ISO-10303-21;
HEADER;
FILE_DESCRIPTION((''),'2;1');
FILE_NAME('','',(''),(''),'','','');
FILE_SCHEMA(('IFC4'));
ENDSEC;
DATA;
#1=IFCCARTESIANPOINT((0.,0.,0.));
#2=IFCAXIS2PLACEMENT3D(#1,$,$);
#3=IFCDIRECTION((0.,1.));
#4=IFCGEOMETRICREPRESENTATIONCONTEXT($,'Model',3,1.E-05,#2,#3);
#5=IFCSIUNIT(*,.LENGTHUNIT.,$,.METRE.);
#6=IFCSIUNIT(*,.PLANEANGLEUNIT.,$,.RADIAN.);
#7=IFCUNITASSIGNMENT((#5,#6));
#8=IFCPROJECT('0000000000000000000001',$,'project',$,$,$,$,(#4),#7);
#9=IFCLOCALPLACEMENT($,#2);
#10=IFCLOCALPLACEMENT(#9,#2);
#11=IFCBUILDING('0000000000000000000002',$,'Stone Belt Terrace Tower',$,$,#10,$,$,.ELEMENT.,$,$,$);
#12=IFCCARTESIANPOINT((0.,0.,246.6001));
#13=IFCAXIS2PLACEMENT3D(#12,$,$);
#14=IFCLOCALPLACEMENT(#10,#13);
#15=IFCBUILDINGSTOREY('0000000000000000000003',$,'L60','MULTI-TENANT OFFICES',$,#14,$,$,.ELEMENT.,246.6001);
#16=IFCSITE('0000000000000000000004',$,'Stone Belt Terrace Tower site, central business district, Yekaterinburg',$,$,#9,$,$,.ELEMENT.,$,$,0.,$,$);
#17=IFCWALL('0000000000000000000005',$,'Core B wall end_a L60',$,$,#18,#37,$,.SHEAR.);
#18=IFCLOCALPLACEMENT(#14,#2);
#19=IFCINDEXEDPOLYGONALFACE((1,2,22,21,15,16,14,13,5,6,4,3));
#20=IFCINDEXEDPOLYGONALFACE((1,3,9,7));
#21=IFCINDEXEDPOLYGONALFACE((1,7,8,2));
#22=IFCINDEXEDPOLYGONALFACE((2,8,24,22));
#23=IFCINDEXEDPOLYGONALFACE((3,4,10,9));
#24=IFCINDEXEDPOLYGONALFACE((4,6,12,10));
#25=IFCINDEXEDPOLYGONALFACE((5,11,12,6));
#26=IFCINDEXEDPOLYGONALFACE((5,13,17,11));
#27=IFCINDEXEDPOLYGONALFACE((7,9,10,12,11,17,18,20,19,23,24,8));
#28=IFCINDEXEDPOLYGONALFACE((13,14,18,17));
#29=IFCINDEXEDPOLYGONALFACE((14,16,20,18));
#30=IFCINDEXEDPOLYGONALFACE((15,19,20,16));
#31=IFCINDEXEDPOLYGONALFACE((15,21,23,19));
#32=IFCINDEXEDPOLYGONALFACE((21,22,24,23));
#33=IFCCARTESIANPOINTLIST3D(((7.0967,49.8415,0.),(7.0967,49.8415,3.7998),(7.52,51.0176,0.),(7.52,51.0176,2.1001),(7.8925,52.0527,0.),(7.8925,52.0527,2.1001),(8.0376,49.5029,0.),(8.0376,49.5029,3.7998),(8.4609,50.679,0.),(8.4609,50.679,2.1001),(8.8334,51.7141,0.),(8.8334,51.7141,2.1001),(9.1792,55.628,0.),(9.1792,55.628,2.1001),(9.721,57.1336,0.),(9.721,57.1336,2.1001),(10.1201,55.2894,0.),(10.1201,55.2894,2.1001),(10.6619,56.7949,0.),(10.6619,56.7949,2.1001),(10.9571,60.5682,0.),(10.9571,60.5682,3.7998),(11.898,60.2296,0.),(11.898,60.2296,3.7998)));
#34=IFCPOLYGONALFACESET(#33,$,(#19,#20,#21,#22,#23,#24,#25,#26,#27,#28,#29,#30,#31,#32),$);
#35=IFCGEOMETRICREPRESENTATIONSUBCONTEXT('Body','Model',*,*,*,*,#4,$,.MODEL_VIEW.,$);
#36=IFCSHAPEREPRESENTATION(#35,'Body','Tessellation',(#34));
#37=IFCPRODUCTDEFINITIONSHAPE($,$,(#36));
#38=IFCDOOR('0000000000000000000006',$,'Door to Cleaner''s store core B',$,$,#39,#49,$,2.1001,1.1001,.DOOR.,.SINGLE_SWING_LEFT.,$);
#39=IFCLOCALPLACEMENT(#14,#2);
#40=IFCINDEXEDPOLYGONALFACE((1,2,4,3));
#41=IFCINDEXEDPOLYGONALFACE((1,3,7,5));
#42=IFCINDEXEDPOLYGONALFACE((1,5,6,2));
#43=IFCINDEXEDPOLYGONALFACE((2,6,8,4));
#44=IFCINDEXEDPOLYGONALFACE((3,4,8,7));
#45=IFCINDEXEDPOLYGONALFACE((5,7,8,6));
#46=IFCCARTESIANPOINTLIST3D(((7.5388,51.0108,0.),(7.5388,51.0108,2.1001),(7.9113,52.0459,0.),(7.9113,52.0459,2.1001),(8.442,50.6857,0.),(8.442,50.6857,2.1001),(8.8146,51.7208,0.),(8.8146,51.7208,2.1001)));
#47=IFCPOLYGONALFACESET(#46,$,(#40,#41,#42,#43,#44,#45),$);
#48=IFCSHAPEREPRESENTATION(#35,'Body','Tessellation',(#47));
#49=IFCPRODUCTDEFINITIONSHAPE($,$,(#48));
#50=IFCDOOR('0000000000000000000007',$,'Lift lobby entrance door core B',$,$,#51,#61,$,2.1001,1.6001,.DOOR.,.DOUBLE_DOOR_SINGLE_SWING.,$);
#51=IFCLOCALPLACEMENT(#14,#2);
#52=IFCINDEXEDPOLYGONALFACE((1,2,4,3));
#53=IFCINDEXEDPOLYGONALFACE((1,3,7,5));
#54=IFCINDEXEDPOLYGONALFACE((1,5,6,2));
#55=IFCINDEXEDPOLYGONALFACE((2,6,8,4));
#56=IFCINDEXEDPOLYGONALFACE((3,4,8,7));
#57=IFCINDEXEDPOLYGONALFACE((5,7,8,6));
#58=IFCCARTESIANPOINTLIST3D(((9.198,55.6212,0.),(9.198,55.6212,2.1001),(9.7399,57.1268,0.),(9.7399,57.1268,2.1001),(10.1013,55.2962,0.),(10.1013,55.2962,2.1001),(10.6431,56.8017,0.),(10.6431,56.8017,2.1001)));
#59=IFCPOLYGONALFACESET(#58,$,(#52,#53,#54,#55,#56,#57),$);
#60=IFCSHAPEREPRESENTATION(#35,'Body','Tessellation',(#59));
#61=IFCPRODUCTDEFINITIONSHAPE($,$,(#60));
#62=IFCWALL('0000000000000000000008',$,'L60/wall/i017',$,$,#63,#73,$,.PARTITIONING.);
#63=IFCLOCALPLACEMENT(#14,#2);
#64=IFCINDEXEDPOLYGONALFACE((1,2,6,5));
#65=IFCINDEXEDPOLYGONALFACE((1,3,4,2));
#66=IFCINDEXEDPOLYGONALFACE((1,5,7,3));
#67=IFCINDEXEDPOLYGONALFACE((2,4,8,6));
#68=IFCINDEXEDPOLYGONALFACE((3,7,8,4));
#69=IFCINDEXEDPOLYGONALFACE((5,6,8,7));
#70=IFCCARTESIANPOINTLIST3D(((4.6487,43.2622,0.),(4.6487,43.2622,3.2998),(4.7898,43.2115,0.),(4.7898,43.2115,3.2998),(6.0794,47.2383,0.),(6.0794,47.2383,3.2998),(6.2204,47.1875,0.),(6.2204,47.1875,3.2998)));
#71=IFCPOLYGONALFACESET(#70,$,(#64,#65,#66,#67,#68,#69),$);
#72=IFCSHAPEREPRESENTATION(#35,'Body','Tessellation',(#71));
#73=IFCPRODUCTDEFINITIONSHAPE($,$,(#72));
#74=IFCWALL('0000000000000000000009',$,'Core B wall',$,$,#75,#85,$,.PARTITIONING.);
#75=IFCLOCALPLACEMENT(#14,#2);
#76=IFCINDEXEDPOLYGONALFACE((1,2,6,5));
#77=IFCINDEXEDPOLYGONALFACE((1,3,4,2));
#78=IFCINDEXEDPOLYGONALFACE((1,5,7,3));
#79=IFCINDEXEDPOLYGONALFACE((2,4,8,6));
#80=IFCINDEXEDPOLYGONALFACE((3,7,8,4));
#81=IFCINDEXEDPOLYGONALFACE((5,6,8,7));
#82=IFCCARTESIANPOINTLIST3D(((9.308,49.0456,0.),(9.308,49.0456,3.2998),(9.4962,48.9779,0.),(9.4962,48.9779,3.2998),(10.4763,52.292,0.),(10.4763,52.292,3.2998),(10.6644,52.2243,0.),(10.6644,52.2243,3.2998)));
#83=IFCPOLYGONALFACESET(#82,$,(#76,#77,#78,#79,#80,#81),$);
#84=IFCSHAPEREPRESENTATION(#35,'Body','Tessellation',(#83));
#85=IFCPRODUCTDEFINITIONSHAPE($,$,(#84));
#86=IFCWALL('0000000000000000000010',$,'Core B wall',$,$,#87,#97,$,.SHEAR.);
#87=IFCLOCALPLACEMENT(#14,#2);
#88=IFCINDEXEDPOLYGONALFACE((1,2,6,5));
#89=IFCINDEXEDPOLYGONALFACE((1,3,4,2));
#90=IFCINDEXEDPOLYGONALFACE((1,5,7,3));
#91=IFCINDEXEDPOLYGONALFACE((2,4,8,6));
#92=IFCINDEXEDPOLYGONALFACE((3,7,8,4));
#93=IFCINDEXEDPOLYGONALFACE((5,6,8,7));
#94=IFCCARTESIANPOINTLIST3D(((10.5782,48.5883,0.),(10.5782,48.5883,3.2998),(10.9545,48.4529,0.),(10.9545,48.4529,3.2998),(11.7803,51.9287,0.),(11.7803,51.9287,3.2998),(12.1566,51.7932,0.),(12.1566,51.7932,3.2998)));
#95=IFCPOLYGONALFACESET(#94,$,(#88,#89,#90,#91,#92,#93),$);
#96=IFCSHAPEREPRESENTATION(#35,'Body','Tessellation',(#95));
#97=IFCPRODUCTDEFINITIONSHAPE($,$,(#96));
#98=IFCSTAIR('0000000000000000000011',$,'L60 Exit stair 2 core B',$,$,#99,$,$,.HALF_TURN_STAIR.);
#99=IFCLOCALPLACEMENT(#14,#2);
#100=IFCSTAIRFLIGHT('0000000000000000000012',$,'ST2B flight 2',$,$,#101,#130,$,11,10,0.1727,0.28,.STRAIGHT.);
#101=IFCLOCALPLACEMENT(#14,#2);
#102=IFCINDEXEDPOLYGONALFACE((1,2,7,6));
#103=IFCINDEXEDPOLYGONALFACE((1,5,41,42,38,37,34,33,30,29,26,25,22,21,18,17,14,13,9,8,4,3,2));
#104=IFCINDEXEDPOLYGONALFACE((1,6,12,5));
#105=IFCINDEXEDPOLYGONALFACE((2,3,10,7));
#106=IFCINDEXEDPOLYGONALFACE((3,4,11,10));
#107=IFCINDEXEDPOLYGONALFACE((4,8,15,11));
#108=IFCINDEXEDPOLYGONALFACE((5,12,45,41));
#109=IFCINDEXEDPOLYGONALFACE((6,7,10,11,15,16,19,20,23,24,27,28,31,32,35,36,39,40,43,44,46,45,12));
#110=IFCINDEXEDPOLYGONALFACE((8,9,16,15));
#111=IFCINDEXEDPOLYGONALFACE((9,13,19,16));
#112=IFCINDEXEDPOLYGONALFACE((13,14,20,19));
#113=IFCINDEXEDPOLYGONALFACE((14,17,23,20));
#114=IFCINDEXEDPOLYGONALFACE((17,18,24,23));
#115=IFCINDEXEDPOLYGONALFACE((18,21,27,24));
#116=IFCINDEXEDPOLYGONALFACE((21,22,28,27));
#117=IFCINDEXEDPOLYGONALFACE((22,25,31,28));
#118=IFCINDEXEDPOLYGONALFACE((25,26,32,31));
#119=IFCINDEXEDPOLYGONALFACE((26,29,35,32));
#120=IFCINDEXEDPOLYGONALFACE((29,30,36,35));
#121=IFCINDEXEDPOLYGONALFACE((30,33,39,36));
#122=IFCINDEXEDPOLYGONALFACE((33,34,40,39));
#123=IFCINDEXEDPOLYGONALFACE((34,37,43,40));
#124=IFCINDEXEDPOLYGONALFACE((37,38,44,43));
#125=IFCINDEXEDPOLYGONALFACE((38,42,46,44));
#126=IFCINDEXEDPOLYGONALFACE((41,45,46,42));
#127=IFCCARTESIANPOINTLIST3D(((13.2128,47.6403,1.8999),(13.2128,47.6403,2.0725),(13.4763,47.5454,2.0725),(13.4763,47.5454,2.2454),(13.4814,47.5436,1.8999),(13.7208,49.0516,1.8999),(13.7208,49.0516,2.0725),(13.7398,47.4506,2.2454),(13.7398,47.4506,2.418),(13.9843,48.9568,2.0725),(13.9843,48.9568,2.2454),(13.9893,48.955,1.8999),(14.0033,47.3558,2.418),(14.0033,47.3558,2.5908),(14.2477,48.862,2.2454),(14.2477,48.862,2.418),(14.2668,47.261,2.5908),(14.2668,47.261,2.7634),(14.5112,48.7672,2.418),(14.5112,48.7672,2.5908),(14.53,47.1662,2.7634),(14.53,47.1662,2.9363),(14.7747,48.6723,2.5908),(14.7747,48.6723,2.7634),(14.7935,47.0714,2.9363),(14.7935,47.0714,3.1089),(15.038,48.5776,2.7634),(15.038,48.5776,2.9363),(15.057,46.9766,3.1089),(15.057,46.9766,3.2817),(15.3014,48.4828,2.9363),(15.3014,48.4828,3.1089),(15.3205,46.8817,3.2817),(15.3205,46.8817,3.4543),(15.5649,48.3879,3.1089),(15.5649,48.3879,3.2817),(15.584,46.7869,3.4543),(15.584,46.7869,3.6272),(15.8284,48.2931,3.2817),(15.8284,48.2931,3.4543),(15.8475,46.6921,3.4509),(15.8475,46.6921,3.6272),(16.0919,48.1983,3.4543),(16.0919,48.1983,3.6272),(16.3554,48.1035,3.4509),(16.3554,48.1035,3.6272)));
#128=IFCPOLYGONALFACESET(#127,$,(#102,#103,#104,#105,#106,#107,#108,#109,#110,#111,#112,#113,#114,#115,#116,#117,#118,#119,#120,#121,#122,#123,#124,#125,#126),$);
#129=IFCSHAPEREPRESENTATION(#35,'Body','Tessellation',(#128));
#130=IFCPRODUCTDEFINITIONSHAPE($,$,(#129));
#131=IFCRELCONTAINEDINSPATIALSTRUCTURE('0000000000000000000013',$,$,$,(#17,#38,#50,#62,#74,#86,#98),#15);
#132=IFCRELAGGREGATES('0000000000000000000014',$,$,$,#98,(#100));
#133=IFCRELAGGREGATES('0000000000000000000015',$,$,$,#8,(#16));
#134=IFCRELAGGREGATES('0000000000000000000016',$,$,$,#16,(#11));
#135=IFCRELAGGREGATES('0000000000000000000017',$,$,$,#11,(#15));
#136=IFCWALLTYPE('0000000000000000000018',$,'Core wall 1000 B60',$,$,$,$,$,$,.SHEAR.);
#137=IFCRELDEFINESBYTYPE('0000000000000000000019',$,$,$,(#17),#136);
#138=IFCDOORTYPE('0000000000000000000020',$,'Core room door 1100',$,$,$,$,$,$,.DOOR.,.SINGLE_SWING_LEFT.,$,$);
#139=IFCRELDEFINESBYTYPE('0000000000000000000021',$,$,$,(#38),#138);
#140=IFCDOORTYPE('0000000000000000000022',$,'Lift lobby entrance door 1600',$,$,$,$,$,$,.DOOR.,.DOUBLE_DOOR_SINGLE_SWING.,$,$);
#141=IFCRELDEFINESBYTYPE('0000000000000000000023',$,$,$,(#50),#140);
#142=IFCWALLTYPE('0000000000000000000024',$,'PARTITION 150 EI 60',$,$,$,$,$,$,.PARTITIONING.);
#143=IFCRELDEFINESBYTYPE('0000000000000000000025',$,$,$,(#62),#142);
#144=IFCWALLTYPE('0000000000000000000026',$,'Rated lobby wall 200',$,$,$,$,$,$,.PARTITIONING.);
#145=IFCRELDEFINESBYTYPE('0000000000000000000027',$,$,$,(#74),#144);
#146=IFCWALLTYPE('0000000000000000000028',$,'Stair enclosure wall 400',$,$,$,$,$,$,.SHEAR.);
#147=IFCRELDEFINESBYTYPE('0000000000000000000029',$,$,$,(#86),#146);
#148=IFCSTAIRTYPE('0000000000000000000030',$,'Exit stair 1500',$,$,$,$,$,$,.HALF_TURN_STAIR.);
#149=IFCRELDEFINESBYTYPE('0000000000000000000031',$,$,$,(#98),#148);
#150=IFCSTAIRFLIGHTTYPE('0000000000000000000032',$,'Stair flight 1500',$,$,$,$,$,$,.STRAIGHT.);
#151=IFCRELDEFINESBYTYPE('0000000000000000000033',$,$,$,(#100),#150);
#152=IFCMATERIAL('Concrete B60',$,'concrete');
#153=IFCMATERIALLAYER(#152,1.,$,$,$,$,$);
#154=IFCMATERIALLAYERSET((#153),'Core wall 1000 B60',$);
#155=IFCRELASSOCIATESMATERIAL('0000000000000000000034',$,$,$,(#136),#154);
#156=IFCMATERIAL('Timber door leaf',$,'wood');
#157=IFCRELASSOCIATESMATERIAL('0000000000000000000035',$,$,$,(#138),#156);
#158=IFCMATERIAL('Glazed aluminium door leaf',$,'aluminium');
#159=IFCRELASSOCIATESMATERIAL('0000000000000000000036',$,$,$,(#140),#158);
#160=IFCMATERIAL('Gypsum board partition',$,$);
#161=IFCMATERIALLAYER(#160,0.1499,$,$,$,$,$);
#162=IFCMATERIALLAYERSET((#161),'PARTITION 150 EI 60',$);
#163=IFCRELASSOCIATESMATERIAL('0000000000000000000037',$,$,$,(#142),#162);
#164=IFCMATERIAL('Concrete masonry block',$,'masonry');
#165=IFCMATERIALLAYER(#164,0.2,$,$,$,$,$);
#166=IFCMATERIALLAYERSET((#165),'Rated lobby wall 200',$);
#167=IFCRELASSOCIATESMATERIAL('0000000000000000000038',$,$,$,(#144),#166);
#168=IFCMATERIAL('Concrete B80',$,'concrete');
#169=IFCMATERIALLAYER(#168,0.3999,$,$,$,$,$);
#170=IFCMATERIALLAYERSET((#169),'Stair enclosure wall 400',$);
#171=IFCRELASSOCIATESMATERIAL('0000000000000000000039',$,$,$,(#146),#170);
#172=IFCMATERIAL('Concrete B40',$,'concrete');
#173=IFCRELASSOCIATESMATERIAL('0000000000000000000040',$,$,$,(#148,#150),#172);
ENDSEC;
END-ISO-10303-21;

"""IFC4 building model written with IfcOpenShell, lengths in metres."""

from ifc_helpers import new_model, si_unit, direction, frame, frame_2d, origin, place, context, subcontext, project, spatial, polyline, rectangle, outline, extrude, material, layer, layer_set, type_object, element, fill, aggregate, save


model = new_model("IFC4")

# Units and contexts
model_context = context("Model", 3, precision=1e-05, world=origin(), true_north=direction((0.0, 1.0)))
body_context = subcontext(model_context, "Body", "Model", "MODEL_VIEW")
ifc_project = project(units=[si_unit("LENGTHUNIT", "METRE"), si_unit("PLANEANGLEUNIT", "RADIAN")], contexts=[model_context])

# Site, building, storey
site_placement = place(None, origin())
site = spatial("IfcSite", under=ifc_project, at=site_placement, Name="Stone Belt Terrace Tower site, central business district, Yekaterinburg", CompositionType="ELEMENT", RefElevation=0.0)
building_placement = place(site_placement, origin())
building = spatial("IfcBuilding", under=site, at=building_placement, Name="Stone Belt Terrace Tower", CompositionType="ELEMENT")
storey_placement = place(building_placement, frame((0.0, 0.0, 246.6001)))
storey = spatial("IfcBuildingStorey", under=building, at=storey_placement, Name="L60", Description="MULTI-TENANT OFFICES", CompositionType="ELEMENT", Elevation=246.6001)

# Shared definitions
ifc_material_1 = material(Name="Concrete B60", Category="concrete")

# Wall, openings, doors
ifc_layer_1 = layer(ifc_material_1, 1.0)
ifc_layer_set_1 = layer_set([ifc_layer_1], Name="Core wall 1000 B60")
wall_type_1 = type_object("IfcWallType", Name="Core wall 1000 B60", PredefinedType="SHEAR", material=ifc_layer_set_1)
ifc_material_2 = material(Name="Timber door leaf", Category="wood")
door_type_1 = type_object("IfcDoorType", Name="Core room door 1100", OperationType="SINGLE_SWING_LEFT", PredefinedType="DOOR", material=ifc_material_2)
wall_1_placement = place(storey_placement, frame((7.5671, 49.6721, 0.0), z_axis=(0.0, 0.0, 1.0), x_axis=(0.338625, 0.940921, 0.0)))
wall_1 = element("IfcWall", 1, at=wall_1_placement, inside=storey, type_object=wall_type_1, Name="Core B wall end_a L60", PredefinedType="SHEAR", context=body_context, shape_type="SweptSolid", body=[
    extrude(rectangle(XDim=11.4001, YDim=1.0, at=frame_2d((5.7002, 0.0))), origin(), (0.0, 0.0, 1.0), 3.7998),
])
opening_1_placement = place(wall_1_placement, frame((6.1499, 0.0, 0.0)))
opening_1 = element("IfcOpeningElement", 2, at=opening_1_placement, cuts=wall_1, PredefinedType="OPENING", context=body_context, shape_type="SweptSolid", body=[
    extrude(rectangle(XDim=1.6001, YDim=2.1001, at=frame_2d((0.8, 1.05))), frame((0.0, 0.51, 0.0), z_axis=(0.0, -1.0, 0.0), x_axis=(1.0, 0.0, 0.0)), (0.0, 0.0, 1.0), 1.02),
])
opening_2_placement = place(wall_1_placement, frame((1.25, 0.0, 0.0)))
opening_2 = element("IfcOpeningElement", 3, at=opening_2_placement, cuts=wall_1, PredefinedType="OPENING", context=body_context, shape_type="SweptSolid", body=[
    extrude(rectangle(XDim=1.1001, YDim=2.1001, at=frame_2d((0.55, 1.05))), frame((0.0, 0.51, 0.0), z_axis=(0.0, -1.0, 0.0), x_axis=(1.0, 0.0, 0.0)), (0.0, 0.0, 1.0), 1.02),
])
door_1_placement = place(opening_2_placement, origin())
door_1 = element("IfcDoor", 4, at=door_1_placement, inside=storey, type_object=door_type_1, Name="Door to Cleaner's store core B", OperationType="SINGLE_SWING_LEFT", OverallHeight=2.1001, OverallWidth=1.1001, PredefinedType="DOOR", context=body_context, shape_type="SweptSolid", body=[
    extrude(rectangle(XDim=1.1001, YDim=2.1001, at=frame_2d((0.55, 1.05))), frame((0.0, 0.48, 0.0), z_axis=(0.0, -1.0, 0.0), x_axis=(1.0, 0.0, 0.0)), (0.0, 0.0, 1.0), 0.96),
])
fill(opening_2, door_1)
ifc_material_3 = material(Name="Glazed aluminium door leaf", Category="aluminium")
door_type_2 = type_object("IfcDoorType", Name="Lift lobby entrance door 1600", OperationType="DOUBLE_DOOR_SINGLE_SWING", PredefinedType="DOOR", material=ifc_material_3)
door_2_placement = place(opening_1_placement, origin())
door_2 = element("IfcDoor", 5, at=door_2_placement, inside=storey, type_object=door_type_2, Name="Lift lobby entrance door core B", OperationType="DOUBLE_DOOR_SINGLE_SWING", OverallHeight=2.1001, OverallWidth=1.6001, PredefinedType="DOOR", context=body_context, shape_type="SweptSolid", body=[
    extrude(rectangle(XDim=1.6001, YDim=2.1001, at=frame_2d((0.8, 1.05))), frame((0.0, 0.48, 0.0), z_axis=(0.0, -1.0, 0.0), x_axis=(1.0, 0.0, 0.0)), (0.0, 0.0, 1.0), 0.96),
])
fill(opening_1, door_2)

# Walls
ifc_material_4 = material(Name="Gypsum board partition")
ifc_layer_2 = layer(ifc_material_4, 0.1499)
ifc_layer_set_2 = layer_set([ifc_layer_2], Name="PARTITION 150 EI 60")
wall_type_2 = type_object("IfcWallType", Name="PARTITION 150 EI 60", PredefinedType="PARTITIONING", material=ifc_layer_set_2)
wall_2_placement = place(storey_placement, frame((6.1499, 47.2129, 0.0), z_axis=(0.0, 0.0, 1.0), x_axis=(-0.338568, -0.940942, 0.0)))
element("IfcWall", 6, at=wall_2_placement, inside=storey, type_object=wall_type_2, Name="L60/wall/i017", PredefinedType="PARTITIONING", context=body_context, shape_type="SweptSolid", body=[
    extrude(rectangle(XDim=4.2256, YDim=0.1499, at=frame_2d((2.1128, 0.0))), origin(), (0.0, 0.0, 1.0), 3.2998),
])
ifc_material_5 = material(Name="Concrete masonry block", Category="masonry")
ifc_layer_3 = layer(ifc_material_5, 0.2)
ifc_layer_set_3 = layer_set([ifc_layer_3], Name="Rated lobby wall 200")
wall_type_3 = type_object("IfcWallType", Name="Rated lobby wall 200", PredefinedType="PARTITIONING", material=ifc_layer_set_3)
wall_3_placement = place(storey_placement, frame((9.4021, 49.0117, 0.0), z_axis=(0.0, 0.0, 1.0), x_axis=(0.338599, 0.940931, 0.0)))
element("IfcWall", 7, at=wall_3_placement, inside=storey, type_object=wall_type_3, Name="Core B wall", PredefinedType="PARTITIONING", context=body_context, shape_type="SweptSolid", body=[
    extrude(rectangle(XDim=3.4502, YDim=0.2, at=frame_2d((1.7251, 0.0))), origin(), (0.0, 0.0, 1.0), 3.2998),
])
ifc_material_6 = material(Name="Concrete B80", Category="concrete")
ifc_layer_4 = layer(ifc_material_6, 0.3999)
ifc_layer_set_4 = layer_set([ifc_layer_4], Name="Stair enclosure wall 400")
wall_type_4 = type_object("IfcWallType", Name="Stair enclosure wall 400", PredefinedType="SHEAR", material=ifc_layer_set_4)
wall_4_placement = place(storey_placement, frame((10.7664, 48.5208, 0.0), z_axis=(0.0, 0.0, 1.0), x_axis=(0.338627, 0.940921, 0.0)))
element("IfcWall", 8, at=wall_4_placement, inside=storey, type_object=wall_type_4, Name="Core B wall", PredefinedType="SHEAR", context=body_context, shape_type="SweptSolid", body=[
    extrude(rectangle(XDim=3.55, YDim=0.3999, at=frame_2d((1.7749, 0.0))), origin(), (0.0, 0.0, 1.0), 3.2998),
])

# Stair, stair flight
ifc_material_7 = material(Name="Concrete B40", Category="concrete")
stair_type = type_object("IfcStairType", Name="Exit stair 1500", PredefinedType="HALF_TURN_STAIR", material=ifc_material_7)
stair_placement = place(storey_placement, origin())
stair = element("IfcStair", 9, at=stair_placement, inside=storey, type_object=stair_type, Name="L60 Exit stair 2 core B", PredefinedType="HALF_TURN_STAIR")
stair_flight_type = type_object("IfcStairFlightType", Name="Stair flight 1500", PredefinedType="STRAIGHT", material=ifc_material_7)
stair_flight_placement = place(storey_placement, frame((13.4668, 48.3459, 1.8999), z_axis=(0.0, 0.0, 1.0), x_axis=(0.940922, -0.338624, 0.0)))
stair_flight = element("IfcStairFlight", 10, at=stair_flight_placement, type_object=stair_flight_type, Name="ST2B flight 2", NumberOfRisers=11, NumberOfTreads=10, PredefinedType="STRAIGHT", RiserHeight=0.1727, TreadLength=0.28, context=body_context, shape_type="SweptSolid", body=[
    extrude(outline(polyline([(0.0, 0.0), (0.0, 0.1726), (0.28, 0.1726), (0.28, 0.3455), (0.5601, 0.3455), (0.5601, 0.5181), (0.8401, 0.5181), (0.8401, 0.6909), (1.1201, 0.6909), (1.1201, 0.8635), (1.3999, 0.8635), (1.3999, 1.0364), (1.6799, 1.0364), (1.6799, 1.209), (1.96, 1.209), (1.96, 1.3818), (2.24, 1.3818), (2.24, 1.5544), (2.52, 1.5544), (2.52, 1.7273), (2.8, 1.7273), (2.8, 1.8999), (2.8, 1.551), (0.2854, 0.0), (0.0, 0.0)])), frame((0.0, 0.75, 0.0), z_axis=(0.0, -1.0, 0.0), x_axis=(1.0, 0.0, 0.0)), (0.0, 0.0, 1.0), 1.5),
])
aggregate(stair, [stair_flight])

save(model, "model.ifc")
